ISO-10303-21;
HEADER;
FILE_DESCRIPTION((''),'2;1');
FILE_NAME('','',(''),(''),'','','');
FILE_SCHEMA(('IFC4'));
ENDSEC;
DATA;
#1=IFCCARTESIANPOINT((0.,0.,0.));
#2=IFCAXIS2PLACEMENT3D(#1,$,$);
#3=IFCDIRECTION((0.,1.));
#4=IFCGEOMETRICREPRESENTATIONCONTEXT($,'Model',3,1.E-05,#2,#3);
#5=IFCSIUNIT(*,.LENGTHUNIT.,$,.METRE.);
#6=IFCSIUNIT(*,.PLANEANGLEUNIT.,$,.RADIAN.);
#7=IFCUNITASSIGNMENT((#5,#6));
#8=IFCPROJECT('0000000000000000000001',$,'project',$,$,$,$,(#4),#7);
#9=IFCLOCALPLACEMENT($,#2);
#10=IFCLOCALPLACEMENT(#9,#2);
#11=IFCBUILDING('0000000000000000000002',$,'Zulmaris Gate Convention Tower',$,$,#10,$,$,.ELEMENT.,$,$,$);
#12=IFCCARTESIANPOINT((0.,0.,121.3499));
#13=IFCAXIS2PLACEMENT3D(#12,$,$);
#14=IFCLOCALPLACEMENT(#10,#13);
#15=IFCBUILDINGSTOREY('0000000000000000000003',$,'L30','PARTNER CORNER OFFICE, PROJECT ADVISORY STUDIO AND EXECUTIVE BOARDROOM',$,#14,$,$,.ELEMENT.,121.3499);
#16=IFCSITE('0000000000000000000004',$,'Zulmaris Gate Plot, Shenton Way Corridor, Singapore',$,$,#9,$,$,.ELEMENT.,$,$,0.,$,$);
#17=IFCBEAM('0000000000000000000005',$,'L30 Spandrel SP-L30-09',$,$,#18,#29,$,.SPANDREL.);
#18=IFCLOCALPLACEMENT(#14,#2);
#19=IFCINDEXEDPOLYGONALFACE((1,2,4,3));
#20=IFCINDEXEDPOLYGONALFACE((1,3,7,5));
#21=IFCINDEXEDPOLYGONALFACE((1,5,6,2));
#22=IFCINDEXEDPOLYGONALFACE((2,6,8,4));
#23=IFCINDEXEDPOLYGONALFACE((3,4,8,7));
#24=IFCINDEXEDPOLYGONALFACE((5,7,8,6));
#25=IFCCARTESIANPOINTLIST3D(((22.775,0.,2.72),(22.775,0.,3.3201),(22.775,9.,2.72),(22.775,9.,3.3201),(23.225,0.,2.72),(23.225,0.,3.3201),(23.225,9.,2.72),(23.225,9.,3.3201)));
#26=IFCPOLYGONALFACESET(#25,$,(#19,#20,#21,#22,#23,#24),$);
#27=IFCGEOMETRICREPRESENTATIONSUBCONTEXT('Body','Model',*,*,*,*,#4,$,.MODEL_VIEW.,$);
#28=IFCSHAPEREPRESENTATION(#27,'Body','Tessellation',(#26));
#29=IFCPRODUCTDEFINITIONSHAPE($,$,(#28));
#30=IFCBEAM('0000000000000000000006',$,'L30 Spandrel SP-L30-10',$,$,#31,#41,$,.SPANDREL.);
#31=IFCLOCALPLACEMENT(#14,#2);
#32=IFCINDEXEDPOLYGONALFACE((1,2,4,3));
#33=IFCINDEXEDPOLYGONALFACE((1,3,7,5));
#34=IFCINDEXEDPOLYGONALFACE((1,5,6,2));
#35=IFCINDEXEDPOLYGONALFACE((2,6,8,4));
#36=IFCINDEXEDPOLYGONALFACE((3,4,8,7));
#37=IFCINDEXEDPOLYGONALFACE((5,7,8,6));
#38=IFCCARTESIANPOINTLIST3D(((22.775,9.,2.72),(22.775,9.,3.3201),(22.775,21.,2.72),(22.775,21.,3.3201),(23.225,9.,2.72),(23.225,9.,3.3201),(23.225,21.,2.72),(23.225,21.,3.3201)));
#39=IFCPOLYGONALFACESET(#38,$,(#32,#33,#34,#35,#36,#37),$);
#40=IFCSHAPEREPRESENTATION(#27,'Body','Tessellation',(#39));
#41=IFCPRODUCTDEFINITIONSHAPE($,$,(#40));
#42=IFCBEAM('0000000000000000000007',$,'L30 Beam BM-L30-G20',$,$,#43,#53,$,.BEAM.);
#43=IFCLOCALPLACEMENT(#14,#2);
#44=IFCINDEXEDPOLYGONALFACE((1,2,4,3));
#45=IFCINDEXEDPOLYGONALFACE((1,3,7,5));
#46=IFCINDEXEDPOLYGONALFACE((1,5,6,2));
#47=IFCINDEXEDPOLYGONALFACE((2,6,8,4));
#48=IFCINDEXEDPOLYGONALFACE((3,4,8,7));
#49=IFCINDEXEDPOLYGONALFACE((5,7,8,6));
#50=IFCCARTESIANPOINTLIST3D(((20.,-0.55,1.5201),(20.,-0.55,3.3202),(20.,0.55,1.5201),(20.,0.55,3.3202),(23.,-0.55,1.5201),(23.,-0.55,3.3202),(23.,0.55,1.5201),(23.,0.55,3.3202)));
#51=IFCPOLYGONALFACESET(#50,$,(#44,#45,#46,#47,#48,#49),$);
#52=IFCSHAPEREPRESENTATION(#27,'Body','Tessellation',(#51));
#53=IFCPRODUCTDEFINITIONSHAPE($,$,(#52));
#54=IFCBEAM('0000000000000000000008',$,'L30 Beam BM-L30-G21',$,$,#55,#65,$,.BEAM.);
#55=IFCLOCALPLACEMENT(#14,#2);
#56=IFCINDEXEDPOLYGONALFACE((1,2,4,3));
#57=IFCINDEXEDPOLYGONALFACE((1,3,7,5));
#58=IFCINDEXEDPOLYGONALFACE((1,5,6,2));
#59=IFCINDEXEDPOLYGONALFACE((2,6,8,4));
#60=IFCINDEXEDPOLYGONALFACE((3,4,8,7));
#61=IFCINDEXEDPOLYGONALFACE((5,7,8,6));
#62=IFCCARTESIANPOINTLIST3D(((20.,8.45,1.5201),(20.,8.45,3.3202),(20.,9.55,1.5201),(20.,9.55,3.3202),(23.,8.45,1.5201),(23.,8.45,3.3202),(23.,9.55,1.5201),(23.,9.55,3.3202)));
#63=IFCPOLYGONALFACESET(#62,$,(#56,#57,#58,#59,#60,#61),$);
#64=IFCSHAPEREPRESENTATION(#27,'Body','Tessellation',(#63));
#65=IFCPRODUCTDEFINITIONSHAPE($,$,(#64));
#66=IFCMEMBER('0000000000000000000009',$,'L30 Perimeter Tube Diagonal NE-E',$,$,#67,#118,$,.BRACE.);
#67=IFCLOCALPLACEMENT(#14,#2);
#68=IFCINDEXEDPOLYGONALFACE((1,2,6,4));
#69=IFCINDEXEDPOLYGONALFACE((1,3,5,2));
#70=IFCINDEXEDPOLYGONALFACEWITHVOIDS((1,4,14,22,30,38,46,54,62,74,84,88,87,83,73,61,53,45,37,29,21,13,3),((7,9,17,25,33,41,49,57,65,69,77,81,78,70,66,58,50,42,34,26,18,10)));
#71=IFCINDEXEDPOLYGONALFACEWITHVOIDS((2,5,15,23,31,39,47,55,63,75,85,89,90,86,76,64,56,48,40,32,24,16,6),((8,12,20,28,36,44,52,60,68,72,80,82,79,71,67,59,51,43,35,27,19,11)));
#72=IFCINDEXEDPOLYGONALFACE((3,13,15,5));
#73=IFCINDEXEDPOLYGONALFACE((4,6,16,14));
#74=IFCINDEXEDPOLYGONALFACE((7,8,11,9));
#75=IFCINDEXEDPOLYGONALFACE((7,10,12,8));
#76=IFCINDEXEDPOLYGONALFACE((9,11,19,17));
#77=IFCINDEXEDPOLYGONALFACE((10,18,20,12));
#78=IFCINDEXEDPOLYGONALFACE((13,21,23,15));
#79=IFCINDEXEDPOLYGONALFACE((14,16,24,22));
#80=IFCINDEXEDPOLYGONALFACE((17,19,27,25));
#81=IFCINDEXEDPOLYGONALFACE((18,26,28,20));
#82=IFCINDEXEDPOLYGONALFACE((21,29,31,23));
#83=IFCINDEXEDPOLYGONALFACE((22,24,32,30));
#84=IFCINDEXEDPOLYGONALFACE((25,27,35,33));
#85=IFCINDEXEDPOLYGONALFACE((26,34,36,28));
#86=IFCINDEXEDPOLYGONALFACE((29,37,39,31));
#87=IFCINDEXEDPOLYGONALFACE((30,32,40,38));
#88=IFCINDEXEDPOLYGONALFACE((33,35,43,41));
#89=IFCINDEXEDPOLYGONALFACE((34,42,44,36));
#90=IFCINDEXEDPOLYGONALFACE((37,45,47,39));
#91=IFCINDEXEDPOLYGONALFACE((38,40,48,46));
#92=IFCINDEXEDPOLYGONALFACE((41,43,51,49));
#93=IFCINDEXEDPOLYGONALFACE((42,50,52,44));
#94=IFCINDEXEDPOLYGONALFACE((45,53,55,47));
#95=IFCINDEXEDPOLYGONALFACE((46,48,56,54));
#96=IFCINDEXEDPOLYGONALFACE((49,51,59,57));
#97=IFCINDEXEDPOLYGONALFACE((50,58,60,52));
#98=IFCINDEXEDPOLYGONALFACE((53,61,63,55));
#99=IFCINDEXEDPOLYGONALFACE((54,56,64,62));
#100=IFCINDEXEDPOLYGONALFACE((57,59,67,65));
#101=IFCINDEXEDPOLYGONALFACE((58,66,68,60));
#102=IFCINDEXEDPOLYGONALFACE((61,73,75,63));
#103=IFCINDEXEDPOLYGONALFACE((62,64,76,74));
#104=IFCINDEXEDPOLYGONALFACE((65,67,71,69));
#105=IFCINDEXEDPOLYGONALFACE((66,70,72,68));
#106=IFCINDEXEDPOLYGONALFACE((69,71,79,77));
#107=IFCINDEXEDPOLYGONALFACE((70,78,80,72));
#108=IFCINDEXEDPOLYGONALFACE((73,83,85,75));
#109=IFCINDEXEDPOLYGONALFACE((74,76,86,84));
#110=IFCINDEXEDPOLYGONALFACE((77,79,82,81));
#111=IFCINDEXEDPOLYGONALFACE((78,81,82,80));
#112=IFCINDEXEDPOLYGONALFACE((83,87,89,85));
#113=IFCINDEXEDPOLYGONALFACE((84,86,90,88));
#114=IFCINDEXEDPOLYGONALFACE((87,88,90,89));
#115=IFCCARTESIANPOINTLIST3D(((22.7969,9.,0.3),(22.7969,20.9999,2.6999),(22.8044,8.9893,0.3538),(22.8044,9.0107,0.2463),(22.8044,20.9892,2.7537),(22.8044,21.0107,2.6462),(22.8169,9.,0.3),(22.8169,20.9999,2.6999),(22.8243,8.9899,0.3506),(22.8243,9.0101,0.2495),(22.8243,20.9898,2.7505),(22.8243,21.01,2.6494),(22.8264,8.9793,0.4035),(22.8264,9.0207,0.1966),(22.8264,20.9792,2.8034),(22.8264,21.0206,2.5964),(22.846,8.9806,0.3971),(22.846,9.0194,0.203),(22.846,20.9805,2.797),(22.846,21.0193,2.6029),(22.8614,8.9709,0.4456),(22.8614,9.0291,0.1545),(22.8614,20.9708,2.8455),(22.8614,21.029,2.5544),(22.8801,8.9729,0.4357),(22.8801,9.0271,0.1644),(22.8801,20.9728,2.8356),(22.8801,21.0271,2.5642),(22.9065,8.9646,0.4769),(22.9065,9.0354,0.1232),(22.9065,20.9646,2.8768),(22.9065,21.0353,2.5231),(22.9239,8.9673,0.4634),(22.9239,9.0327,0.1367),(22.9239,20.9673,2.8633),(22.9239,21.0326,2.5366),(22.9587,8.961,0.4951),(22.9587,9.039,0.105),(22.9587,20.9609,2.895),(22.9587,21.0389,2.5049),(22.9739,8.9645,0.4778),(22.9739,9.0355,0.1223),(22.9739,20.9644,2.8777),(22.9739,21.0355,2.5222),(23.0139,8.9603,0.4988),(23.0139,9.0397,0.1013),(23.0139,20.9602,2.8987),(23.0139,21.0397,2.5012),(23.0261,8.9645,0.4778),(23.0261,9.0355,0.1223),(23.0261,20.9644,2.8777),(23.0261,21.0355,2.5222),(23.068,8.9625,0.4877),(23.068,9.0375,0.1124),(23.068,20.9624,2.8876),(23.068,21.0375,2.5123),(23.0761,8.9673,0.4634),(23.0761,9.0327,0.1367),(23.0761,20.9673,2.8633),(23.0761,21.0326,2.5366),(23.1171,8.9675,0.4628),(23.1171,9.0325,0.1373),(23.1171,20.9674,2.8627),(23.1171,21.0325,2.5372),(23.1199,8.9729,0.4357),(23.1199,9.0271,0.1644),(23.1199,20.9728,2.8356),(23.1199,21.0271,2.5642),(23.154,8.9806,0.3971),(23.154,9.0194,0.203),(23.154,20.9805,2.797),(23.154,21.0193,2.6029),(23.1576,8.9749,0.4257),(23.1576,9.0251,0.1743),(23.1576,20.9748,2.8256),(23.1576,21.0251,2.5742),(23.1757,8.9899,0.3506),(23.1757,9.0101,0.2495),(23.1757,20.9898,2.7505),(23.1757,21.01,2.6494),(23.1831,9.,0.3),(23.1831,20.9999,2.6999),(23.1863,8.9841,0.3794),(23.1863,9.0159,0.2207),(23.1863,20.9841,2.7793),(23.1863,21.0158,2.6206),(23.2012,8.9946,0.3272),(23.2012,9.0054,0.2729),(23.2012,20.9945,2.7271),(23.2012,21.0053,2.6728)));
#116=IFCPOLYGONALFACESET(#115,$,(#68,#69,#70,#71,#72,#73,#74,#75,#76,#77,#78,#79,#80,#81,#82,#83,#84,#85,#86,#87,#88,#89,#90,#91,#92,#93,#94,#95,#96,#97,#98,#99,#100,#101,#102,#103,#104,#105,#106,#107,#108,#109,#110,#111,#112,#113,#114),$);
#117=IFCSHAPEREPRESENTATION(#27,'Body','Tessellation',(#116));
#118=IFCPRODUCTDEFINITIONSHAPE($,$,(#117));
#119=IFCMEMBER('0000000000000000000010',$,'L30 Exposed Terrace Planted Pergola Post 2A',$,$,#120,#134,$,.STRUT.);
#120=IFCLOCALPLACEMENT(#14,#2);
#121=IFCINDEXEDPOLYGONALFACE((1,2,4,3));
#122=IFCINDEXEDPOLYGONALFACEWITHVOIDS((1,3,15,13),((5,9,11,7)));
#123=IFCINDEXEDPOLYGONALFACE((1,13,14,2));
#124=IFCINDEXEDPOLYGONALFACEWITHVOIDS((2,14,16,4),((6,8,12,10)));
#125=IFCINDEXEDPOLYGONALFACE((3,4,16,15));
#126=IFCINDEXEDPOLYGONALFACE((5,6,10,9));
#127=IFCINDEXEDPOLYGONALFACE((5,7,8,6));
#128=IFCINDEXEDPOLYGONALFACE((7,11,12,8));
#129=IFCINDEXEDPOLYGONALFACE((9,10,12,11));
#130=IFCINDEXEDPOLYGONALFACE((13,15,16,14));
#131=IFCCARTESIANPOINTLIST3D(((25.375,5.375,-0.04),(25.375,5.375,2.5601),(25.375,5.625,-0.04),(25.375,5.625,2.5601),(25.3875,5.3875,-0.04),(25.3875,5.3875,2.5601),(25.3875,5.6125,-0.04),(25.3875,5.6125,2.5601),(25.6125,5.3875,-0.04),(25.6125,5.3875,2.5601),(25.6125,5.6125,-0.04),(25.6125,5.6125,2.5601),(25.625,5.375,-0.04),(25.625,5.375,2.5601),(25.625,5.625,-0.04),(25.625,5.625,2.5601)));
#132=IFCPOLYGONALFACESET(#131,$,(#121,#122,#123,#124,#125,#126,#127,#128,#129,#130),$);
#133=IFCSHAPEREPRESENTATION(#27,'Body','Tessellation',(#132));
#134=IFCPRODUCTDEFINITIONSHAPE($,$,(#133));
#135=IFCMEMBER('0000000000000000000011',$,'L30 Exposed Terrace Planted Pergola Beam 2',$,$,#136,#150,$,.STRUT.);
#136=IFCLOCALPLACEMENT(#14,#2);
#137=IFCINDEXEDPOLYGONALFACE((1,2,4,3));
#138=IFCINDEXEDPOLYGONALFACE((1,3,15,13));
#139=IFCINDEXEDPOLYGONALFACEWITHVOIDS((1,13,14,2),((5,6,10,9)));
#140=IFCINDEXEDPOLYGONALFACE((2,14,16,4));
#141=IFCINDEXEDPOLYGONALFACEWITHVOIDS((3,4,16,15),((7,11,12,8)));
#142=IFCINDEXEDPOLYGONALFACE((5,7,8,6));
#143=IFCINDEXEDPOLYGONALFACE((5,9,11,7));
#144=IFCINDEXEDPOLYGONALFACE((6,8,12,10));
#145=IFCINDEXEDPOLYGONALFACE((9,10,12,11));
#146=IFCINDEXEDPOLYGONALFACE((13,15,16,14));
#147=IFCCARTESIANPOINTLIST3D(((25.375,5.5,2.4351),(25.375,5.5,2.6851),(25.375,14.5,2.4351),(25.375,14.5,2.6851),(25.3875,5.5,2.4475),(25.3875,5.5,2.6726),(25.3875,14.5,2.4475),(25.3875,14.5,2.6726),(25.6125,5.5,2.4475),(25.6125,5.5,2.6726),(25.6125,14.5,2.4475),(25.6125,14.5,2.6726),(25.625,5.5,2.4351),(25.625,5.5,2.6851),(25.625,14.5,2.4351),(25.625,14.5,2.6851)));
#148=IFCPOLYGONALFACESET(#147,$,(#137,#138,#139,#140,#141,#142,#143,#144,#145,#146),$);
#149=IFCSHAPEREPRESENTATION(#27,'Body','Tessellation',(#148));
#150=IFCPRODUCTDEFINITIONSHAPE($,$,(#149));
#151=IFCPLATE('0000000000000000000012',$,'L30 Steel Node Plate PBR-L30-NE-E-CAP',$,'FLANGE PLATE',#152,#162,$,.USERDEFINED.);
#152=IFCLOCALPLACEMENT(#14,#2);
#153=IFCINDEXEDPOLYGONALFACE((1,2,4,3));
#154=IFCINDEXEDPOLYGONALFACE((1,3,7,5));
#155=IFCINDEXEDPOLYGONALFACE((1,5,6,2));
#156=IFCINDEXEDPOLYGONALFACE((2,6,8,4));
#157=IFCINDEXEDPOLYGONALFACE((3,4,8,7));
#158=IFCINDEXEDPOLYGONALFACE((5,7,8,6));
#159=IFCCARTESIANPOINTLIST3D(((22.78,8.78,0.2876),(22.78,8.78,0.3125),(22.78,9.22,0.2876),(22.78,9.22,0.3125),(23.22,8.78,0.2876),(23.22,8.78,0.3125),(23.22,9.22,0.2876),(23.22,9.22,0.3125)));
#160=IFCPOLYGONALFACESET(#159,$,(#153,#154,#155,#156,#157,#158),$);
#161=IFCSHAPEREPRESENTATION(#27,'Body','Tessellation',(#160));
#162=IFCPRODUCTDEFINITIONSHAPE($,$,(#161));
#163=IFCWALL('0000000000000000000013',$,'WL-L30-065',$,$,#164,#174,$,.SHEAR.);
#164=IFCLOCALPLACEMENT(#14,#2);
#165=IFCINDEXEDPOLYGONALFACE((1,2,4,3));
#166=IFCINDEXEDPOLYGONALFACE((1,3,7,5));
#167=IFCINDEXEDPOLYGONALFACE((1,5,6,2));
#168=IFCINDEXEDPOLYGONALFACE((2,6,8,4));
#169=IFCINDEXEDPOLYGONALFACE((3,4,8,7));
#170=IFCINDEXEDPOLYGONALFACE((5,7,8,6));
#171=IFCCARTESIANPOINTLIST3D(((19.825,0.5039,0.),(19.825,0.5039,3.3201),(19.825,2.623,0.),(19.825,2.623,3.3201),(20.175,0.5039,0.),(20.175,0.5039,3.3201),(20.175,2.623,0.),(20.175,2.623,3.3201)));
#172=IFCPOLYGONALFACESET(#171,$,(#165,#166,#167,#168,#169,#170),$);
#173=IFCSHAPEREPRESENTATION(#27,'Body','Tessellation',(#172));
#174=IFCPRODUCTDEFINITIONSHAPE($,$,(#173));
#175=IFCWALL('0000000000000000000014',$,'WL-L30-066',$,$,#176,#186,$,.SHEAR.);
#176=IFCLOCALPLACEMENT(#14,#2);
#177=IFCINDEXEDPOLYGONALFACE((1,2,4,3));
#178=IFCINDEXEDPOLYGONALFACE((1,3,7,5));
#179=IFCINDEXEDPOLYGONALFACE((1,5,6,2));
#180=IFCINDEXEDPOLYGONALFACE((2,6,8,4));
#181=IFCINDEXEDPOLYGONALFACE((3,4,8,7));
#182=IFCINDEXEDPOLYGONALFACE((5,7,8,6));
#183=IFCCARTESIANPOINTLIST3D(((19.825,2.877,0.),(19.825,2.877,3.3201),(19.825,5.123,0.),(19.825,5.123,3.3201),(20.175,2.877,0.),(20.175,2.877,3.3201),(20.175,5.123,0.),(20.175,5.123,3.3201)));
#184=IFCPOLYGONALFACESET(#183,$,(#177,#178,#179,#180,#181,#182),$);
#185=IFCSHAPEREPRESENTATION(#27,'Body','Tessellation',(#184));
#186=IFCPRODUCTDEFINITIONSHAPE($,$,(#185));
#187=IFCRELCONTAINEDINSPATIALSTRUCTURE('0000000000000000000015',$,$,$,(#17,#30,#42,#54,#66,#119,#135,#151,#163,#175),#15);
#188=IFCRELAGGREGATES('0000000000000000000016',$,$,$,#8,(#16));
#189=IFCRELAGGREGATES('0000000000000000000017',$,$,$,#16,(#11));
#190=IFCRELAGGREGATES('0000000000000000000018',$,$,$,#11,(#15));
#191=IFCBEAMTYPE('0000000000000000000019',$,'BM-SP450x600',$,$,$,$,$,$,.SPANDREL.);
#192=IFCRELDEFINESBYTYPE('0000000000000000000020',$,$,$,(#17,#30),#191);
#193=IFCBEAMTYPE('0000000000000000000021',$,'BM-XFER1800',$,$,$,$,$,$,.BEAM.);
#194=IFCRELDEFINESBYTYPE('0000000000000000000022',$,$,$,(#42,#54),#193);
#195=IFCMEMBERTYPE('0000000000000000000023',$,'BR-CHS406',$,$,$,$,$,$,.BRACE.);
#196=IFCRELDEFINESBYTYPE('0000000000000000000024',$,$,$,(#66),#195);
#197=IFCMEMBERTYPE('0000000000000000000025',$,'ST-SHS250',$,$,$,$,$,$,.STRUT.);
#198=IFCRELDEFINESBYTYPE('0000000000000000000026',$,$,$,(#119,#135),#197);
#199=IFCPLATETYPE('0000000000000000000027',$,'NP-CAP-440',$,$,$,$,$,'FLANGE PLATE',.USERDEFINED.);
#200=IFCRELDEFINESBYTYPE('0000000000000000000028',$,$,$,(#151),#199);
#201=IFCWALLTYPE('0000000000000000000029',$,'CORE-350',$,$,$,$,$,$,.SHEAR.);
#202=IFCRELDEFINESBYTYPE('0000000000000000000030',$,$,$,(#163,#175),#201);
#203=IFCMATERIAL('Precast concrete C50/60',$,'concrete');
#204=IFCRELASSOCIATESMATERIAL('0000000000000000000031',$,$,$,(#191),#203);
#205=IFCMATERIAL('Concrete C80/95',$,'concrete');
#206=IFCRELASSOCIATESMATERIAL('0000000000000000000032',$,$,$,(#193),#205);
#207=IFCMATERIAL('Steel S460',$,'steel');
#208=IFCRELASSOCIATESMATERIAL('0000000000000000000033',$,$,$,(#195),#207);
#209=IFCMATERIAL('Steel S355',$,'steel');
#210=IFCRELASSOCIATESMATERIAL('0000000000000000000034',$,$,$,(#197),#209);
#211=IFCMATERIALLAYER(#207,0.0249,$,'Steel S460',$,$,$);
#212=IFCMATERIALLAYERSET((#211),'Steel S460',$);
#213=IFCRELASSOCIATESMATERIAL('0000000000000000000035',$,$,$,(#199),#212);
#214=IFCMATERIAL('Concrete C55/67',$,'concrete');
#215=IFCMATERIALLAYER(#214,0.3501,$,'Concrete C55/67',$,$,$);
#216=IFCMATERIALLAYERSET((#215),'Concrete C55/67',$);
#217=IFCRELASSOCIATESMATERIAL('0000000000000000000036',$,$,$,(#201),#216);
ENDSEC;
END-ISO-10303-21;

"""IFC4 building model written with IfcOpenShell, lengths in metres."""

from ifc_helpers import new_model, si_unit, direction, frame, frame_2d, origin, origin_2d, place, context, subcontext, project, spatial, rectangle, hollow_rectangle, hollow_circle, extrude, material, layer, layer_set, material_profile, profile_set, type_object, element, save


model = new_model("IFC4")

# Units and contexts
model_context = context("Model", 3, precision=1e-05, world=origin(), true_north=direction((0.0, 1.0)))
body_context = subcontext(model_context, "Body", "Model", "MODEL_VIEW")
ifc_project = project(units=[si_unit("LENGTHUNIT", "METRE"), si_unit("PLANEANGLEUNIT", "RADIAN")], contexts=[model_context])

# Site, building, storey
site_placement = place(None, origin())
site = spatial("IfcSite", under=ifc_project, at=site_placement, Name="Zulmaris Gate Plot, Shenton Way Corridor, Singapore", CompositionType="ELEMENT", RefElevation=0.0)
building_placement = place(site_placement, origin())
building = spatial("IfcBuilding", under=site, at=building_placement, Name="Zulmaris Gate Convention Tower", CompositionType="ELEMENT")
storey_placement = place(building_placement, frame((0.0, 0.0, 121.3499)))
storey = spatial("IfcBuildingStorey", under=building, at=storey_placement, Name="L30", Description="PARTNER CORNER OFFICE, PROJECT ADVISORY STUDIO AND EXECUTIVE BOARDROOM", CompositionType="ELEMENT", Elevation=121.3499)

# Beams
ifc_material_1 = material(Name="Steel S355", Category="steel")
ifc_material_2 = material(Name="Precast concrete C50/60", Category="concrete")
ifc_material_profile_1 = material_profile(ifc_material_2, rectangle(XDim=0.45, YDim=0.6001, at=origin_2d()), Name="RC SPANDREL 450x600")
ifc_profile_set_1 = profile_set([ifc_material_profile_1], Name="Precast concrete C50/60")
beam_type_1 = type_object("IfcBeamType", Name="BM-SP450x600", PredefinedType="SPANDREL", material=ifc_profile_set_1)
beam_1_placement = place(storey_placement, frame((23.0, 0.0, 3.02), z_axis=(0.0, 1.0, 0.0), x_axis=(-1.0, 0.0, 0.0)))
element("IfcBeam", 1, at=beam_1_placement, inside=storey, type_object=beam_type_1, Name="L30 Spandrel SP-L30-09", PredefinedType="SPANDREL", context=body_context, shape_type="SweptSolid", body=[
    extrude(rectangle(XDim=0.45, YDim=0.6001, at=origin_2d()), origin(), (0.0, 0.0, 1.0), 9.0),
])
beam_2_placement = place(storey_placement, frame((23.0, 9.0, 3.02), z_axis=(0.0, 1.0, 0.0), x_axis=(-1.0, 0.0, 0.0)))
element("IfcBeam", 2, at=beam_2_placement, inside=storey, type_object=beam_type_1, Name="L30 Spandrel SP-L30-10", PredefinedType="SPANDREL", context=body_context, shape_type="SweptSolid", body=[
    extrude(rectangle(XDim=0.45, YDim=0.6001, at=origin_2d()), origin(), (0.0, 0.0, 1.0), 12.0),
])
ifc_material_3 = material(Name="Concrete C80/95", Category="concrete")
ifc_material_profile_2 = material_profile(ifc_material_3, rectangle(XDim=1.1001, YDim=1.8, at=origin_2d()), Name="RC TRANSFER 1100x1800")
ifc_profile_set_2 = profile_set([ifc_material_profile_2], Name="Concrete C80/95")
beam_type_2 = type_object("IfcBeamType", Name="BM-XFER1800", PredefinedType="BEAM", material=ifc_profile_set_2)
for number, where, z_axis, x_axis, name in (
    (3, (20.0, 0.0, 2.4202), (1.0, 0.0, 0.0), (0.0, 1.0, 0.0), "L30 Beam BM-L30-G20"),
    (4, (20.0, 9.0, 2.4202), (1.0, 0.0, 0.0), (0.0, 1.0, 0.0), "L30 Beam BM-L30-G21"),
):
    element("IfcBeam", number, at=place(storey_placement, frame(where, z_axis=z_axis, x_axis=x_axis)), inside=storey, type_object=beam_type_2, Name=name, PredefinedType="BEAM", context=body_context, shape_type="SweptSolid", body=[
        extrude(rectangle(XDim=1.1001, YDim=1.8, at=origin_2d()), origin(), (0.0, 0.0, 1.0), 3.0),
    ])

# Members
ifc_material_4 = material(Name="Steel S460", Category="steel")
ifc_material_profile_3 = material_profile(ifc_material_4, hollow_circle(Radius=0.2031, WallThickness=0.02, at=origin_2d()), Name="CHS 406.4x20")
ifc_profile_set_3 = profile_set([ifc_material_profile_3], Name="Steel S460")
member_type_1 = type_object("IfcMemberType", Name="BR-CHS406", PredefinedType="BRACE", material=ifc_profile_set_3)
member_1_placement = place(storey_placement, frame((23.0, 9.0, 0.3), z_axis=(0.0, 0.980582, 0.196108), x_axis=(-1.0, 0.0, 0.0)))
element("IfcMember", 5, at=member_1_placement, inside=storey, type_object=member_type_1, Name="L30 Perimeter Tube Diagonal NE-E", PredefinedType="BRACE", context=body_context, shape_type="SweptSolid", body=[
    extrude(hollow_circle(Radius=0.2031, WallThickness=0.02, at=origin_2d()), origin(), (0.0, 0.0, 1.0), 12.2375),
])
ifc_material_profile_4 = material_profile(ifc_material_1, hollow_rectangle(XDim=0.25, YDim=0.25, WallThickness=0.0125, at=origin_2d()), Name="SHS 250x250x12.5")
ifc_profile_set_4 = profile_set([ifc_material_profile_4], Name="Steel S355")
member_type_2 = type_object("IfcMemberType", Name="ST-SHS250", PredefinedType="STRUT", material=ifc_profile_set_4)
member_2_placement = place(storey_placement, frame((25.5, 5.5, -0.04), z_axis=(0.0, 0.0, 1.0), x_axis=(1.0, 0.0, 0.0)))
element("IfcMember", 6, at=member_2_placement, inside=storey, type_object=member_type_2, Name="L30 Exposed Terrace Planted Pergola Post 2A", PredefinedType="STRUT", context=body_context, shape_type="SweptSolid", body=[
    extrude(hollow_rectangle(XDim=0.25, YDim=0.25, WallThickness=0.0125, at=origin_2d()), origin(), (0.0, 0.0, 1.0), 2.6001),
])
member_3_placement = place(storey_placement, frame((25.5, 5.5, 2.5601), z_axis=(0.0, 1.0, 0.0), x_axis=(-1.0, 0.0, 0.0)))
element("IfcMember", 7, at=member_3_placement, inside=storey, type_object=member_type_2, Name="L30 Exposed Terrace Planted Pergola Beam 2", PredefinedType="STRUT", context=body_context, shape_type="SweptSolid", body=[
    extrude(hollow_rectangle(XDim=0.25, YDim=0.25, WallThickness=0.0125, at=origin_2d()), origin(), (0.0, 0.0, 1.0), 9.0),
])

# Plate
ifc_layer_1 = layer(ifc_material_4, 0.0249, Name="Steel S460")
ifc_layer_set_1 = layer_set([ifc_layer_1], Name="Steel S460")
plate_type = type_object("IfcPlateType", Name="NP-CAP-440", ElementType="FLANGE PLATE", PredefinedType="USERDEFINED", material=ifc_layer_set_1)
plate_placement = place(storey_placement, frame((23.0, 9.0, 0.2876), z_axis=(0.0, 0.0, 1.0), x_axis=(1.0, 0.0, 0.0)))
element("IfcPlate", 8, at=plate_placement, inside=storey, type_object=plate_type, Name="L30 Steel Node Plate PBR-L30-NE-E-CAP", ObjectType="FLANGE PLATE", PredefinedType="USERDEFINED", context=body_context, shape_type="SweptSolid", body=[
    extrude(rectangle(XDim=0.4399, YDim=0.4399, at=origin_2d()), origin(), (0.0, 0.0, 1.0), 0.0249),
])

# Walls
ifc_material_5 = material(Name="Concrete C55/67", Category="concrete")
ifc_layer_2 = layer(ifc_material_5, 0.3501, Name="Concrete C55/67")
ifc_layer_set_2 = layer_set([ifc_layer_2], Name="Concrete C55/67")
wall_type_1 = type_object("IfcWallType", Name="CORE-350", PredefinedType="SHEAR", material=ifc_layer_set_2)
wall_1_placement = place(storey_placement, frame((20.0, 0.5039, 0.0), z_axis=(0.0, 0.0, 1.0), x_axis=(0.0, 1.0, 0.0)))
element("IfcWall", 9, at=wall_1_placement, inside=storey, type_object=wall_type_1, Name="WL-L30-065", PredefinedType="SHEAR", context=body_context, shape_type="SweptSolid", body=[
    extrude(rectangle(XDim=2.1191, YDim=0.3501, at=frame_2d((1.0596, 0.0))), origin(), (0.0, 0.0, 1.0), 3.3201),
])
wall_2_placement = place(storey_placement, frame((20.0, 2.877, 0.0), z_axis=(0.0, 0.0, 1.0), x_axis=(0.0, 1.0, 0.0)))
element("IfcWall", 10, at=wall_2_placement, inside=storey, type_object=wall_type_1, Name="WL-L30-066", PredefinedType="SHEAR", context=body_context, shape_type="SweptSolid", body=[
    extrude(rectangle(XDim=2.2461, YDim=0.3501, at=frame_2d((1.123, 0.0))), origin(), (0.0, 0.0, 1.0), 3.3201),
])

save(model, "model.ifc")
